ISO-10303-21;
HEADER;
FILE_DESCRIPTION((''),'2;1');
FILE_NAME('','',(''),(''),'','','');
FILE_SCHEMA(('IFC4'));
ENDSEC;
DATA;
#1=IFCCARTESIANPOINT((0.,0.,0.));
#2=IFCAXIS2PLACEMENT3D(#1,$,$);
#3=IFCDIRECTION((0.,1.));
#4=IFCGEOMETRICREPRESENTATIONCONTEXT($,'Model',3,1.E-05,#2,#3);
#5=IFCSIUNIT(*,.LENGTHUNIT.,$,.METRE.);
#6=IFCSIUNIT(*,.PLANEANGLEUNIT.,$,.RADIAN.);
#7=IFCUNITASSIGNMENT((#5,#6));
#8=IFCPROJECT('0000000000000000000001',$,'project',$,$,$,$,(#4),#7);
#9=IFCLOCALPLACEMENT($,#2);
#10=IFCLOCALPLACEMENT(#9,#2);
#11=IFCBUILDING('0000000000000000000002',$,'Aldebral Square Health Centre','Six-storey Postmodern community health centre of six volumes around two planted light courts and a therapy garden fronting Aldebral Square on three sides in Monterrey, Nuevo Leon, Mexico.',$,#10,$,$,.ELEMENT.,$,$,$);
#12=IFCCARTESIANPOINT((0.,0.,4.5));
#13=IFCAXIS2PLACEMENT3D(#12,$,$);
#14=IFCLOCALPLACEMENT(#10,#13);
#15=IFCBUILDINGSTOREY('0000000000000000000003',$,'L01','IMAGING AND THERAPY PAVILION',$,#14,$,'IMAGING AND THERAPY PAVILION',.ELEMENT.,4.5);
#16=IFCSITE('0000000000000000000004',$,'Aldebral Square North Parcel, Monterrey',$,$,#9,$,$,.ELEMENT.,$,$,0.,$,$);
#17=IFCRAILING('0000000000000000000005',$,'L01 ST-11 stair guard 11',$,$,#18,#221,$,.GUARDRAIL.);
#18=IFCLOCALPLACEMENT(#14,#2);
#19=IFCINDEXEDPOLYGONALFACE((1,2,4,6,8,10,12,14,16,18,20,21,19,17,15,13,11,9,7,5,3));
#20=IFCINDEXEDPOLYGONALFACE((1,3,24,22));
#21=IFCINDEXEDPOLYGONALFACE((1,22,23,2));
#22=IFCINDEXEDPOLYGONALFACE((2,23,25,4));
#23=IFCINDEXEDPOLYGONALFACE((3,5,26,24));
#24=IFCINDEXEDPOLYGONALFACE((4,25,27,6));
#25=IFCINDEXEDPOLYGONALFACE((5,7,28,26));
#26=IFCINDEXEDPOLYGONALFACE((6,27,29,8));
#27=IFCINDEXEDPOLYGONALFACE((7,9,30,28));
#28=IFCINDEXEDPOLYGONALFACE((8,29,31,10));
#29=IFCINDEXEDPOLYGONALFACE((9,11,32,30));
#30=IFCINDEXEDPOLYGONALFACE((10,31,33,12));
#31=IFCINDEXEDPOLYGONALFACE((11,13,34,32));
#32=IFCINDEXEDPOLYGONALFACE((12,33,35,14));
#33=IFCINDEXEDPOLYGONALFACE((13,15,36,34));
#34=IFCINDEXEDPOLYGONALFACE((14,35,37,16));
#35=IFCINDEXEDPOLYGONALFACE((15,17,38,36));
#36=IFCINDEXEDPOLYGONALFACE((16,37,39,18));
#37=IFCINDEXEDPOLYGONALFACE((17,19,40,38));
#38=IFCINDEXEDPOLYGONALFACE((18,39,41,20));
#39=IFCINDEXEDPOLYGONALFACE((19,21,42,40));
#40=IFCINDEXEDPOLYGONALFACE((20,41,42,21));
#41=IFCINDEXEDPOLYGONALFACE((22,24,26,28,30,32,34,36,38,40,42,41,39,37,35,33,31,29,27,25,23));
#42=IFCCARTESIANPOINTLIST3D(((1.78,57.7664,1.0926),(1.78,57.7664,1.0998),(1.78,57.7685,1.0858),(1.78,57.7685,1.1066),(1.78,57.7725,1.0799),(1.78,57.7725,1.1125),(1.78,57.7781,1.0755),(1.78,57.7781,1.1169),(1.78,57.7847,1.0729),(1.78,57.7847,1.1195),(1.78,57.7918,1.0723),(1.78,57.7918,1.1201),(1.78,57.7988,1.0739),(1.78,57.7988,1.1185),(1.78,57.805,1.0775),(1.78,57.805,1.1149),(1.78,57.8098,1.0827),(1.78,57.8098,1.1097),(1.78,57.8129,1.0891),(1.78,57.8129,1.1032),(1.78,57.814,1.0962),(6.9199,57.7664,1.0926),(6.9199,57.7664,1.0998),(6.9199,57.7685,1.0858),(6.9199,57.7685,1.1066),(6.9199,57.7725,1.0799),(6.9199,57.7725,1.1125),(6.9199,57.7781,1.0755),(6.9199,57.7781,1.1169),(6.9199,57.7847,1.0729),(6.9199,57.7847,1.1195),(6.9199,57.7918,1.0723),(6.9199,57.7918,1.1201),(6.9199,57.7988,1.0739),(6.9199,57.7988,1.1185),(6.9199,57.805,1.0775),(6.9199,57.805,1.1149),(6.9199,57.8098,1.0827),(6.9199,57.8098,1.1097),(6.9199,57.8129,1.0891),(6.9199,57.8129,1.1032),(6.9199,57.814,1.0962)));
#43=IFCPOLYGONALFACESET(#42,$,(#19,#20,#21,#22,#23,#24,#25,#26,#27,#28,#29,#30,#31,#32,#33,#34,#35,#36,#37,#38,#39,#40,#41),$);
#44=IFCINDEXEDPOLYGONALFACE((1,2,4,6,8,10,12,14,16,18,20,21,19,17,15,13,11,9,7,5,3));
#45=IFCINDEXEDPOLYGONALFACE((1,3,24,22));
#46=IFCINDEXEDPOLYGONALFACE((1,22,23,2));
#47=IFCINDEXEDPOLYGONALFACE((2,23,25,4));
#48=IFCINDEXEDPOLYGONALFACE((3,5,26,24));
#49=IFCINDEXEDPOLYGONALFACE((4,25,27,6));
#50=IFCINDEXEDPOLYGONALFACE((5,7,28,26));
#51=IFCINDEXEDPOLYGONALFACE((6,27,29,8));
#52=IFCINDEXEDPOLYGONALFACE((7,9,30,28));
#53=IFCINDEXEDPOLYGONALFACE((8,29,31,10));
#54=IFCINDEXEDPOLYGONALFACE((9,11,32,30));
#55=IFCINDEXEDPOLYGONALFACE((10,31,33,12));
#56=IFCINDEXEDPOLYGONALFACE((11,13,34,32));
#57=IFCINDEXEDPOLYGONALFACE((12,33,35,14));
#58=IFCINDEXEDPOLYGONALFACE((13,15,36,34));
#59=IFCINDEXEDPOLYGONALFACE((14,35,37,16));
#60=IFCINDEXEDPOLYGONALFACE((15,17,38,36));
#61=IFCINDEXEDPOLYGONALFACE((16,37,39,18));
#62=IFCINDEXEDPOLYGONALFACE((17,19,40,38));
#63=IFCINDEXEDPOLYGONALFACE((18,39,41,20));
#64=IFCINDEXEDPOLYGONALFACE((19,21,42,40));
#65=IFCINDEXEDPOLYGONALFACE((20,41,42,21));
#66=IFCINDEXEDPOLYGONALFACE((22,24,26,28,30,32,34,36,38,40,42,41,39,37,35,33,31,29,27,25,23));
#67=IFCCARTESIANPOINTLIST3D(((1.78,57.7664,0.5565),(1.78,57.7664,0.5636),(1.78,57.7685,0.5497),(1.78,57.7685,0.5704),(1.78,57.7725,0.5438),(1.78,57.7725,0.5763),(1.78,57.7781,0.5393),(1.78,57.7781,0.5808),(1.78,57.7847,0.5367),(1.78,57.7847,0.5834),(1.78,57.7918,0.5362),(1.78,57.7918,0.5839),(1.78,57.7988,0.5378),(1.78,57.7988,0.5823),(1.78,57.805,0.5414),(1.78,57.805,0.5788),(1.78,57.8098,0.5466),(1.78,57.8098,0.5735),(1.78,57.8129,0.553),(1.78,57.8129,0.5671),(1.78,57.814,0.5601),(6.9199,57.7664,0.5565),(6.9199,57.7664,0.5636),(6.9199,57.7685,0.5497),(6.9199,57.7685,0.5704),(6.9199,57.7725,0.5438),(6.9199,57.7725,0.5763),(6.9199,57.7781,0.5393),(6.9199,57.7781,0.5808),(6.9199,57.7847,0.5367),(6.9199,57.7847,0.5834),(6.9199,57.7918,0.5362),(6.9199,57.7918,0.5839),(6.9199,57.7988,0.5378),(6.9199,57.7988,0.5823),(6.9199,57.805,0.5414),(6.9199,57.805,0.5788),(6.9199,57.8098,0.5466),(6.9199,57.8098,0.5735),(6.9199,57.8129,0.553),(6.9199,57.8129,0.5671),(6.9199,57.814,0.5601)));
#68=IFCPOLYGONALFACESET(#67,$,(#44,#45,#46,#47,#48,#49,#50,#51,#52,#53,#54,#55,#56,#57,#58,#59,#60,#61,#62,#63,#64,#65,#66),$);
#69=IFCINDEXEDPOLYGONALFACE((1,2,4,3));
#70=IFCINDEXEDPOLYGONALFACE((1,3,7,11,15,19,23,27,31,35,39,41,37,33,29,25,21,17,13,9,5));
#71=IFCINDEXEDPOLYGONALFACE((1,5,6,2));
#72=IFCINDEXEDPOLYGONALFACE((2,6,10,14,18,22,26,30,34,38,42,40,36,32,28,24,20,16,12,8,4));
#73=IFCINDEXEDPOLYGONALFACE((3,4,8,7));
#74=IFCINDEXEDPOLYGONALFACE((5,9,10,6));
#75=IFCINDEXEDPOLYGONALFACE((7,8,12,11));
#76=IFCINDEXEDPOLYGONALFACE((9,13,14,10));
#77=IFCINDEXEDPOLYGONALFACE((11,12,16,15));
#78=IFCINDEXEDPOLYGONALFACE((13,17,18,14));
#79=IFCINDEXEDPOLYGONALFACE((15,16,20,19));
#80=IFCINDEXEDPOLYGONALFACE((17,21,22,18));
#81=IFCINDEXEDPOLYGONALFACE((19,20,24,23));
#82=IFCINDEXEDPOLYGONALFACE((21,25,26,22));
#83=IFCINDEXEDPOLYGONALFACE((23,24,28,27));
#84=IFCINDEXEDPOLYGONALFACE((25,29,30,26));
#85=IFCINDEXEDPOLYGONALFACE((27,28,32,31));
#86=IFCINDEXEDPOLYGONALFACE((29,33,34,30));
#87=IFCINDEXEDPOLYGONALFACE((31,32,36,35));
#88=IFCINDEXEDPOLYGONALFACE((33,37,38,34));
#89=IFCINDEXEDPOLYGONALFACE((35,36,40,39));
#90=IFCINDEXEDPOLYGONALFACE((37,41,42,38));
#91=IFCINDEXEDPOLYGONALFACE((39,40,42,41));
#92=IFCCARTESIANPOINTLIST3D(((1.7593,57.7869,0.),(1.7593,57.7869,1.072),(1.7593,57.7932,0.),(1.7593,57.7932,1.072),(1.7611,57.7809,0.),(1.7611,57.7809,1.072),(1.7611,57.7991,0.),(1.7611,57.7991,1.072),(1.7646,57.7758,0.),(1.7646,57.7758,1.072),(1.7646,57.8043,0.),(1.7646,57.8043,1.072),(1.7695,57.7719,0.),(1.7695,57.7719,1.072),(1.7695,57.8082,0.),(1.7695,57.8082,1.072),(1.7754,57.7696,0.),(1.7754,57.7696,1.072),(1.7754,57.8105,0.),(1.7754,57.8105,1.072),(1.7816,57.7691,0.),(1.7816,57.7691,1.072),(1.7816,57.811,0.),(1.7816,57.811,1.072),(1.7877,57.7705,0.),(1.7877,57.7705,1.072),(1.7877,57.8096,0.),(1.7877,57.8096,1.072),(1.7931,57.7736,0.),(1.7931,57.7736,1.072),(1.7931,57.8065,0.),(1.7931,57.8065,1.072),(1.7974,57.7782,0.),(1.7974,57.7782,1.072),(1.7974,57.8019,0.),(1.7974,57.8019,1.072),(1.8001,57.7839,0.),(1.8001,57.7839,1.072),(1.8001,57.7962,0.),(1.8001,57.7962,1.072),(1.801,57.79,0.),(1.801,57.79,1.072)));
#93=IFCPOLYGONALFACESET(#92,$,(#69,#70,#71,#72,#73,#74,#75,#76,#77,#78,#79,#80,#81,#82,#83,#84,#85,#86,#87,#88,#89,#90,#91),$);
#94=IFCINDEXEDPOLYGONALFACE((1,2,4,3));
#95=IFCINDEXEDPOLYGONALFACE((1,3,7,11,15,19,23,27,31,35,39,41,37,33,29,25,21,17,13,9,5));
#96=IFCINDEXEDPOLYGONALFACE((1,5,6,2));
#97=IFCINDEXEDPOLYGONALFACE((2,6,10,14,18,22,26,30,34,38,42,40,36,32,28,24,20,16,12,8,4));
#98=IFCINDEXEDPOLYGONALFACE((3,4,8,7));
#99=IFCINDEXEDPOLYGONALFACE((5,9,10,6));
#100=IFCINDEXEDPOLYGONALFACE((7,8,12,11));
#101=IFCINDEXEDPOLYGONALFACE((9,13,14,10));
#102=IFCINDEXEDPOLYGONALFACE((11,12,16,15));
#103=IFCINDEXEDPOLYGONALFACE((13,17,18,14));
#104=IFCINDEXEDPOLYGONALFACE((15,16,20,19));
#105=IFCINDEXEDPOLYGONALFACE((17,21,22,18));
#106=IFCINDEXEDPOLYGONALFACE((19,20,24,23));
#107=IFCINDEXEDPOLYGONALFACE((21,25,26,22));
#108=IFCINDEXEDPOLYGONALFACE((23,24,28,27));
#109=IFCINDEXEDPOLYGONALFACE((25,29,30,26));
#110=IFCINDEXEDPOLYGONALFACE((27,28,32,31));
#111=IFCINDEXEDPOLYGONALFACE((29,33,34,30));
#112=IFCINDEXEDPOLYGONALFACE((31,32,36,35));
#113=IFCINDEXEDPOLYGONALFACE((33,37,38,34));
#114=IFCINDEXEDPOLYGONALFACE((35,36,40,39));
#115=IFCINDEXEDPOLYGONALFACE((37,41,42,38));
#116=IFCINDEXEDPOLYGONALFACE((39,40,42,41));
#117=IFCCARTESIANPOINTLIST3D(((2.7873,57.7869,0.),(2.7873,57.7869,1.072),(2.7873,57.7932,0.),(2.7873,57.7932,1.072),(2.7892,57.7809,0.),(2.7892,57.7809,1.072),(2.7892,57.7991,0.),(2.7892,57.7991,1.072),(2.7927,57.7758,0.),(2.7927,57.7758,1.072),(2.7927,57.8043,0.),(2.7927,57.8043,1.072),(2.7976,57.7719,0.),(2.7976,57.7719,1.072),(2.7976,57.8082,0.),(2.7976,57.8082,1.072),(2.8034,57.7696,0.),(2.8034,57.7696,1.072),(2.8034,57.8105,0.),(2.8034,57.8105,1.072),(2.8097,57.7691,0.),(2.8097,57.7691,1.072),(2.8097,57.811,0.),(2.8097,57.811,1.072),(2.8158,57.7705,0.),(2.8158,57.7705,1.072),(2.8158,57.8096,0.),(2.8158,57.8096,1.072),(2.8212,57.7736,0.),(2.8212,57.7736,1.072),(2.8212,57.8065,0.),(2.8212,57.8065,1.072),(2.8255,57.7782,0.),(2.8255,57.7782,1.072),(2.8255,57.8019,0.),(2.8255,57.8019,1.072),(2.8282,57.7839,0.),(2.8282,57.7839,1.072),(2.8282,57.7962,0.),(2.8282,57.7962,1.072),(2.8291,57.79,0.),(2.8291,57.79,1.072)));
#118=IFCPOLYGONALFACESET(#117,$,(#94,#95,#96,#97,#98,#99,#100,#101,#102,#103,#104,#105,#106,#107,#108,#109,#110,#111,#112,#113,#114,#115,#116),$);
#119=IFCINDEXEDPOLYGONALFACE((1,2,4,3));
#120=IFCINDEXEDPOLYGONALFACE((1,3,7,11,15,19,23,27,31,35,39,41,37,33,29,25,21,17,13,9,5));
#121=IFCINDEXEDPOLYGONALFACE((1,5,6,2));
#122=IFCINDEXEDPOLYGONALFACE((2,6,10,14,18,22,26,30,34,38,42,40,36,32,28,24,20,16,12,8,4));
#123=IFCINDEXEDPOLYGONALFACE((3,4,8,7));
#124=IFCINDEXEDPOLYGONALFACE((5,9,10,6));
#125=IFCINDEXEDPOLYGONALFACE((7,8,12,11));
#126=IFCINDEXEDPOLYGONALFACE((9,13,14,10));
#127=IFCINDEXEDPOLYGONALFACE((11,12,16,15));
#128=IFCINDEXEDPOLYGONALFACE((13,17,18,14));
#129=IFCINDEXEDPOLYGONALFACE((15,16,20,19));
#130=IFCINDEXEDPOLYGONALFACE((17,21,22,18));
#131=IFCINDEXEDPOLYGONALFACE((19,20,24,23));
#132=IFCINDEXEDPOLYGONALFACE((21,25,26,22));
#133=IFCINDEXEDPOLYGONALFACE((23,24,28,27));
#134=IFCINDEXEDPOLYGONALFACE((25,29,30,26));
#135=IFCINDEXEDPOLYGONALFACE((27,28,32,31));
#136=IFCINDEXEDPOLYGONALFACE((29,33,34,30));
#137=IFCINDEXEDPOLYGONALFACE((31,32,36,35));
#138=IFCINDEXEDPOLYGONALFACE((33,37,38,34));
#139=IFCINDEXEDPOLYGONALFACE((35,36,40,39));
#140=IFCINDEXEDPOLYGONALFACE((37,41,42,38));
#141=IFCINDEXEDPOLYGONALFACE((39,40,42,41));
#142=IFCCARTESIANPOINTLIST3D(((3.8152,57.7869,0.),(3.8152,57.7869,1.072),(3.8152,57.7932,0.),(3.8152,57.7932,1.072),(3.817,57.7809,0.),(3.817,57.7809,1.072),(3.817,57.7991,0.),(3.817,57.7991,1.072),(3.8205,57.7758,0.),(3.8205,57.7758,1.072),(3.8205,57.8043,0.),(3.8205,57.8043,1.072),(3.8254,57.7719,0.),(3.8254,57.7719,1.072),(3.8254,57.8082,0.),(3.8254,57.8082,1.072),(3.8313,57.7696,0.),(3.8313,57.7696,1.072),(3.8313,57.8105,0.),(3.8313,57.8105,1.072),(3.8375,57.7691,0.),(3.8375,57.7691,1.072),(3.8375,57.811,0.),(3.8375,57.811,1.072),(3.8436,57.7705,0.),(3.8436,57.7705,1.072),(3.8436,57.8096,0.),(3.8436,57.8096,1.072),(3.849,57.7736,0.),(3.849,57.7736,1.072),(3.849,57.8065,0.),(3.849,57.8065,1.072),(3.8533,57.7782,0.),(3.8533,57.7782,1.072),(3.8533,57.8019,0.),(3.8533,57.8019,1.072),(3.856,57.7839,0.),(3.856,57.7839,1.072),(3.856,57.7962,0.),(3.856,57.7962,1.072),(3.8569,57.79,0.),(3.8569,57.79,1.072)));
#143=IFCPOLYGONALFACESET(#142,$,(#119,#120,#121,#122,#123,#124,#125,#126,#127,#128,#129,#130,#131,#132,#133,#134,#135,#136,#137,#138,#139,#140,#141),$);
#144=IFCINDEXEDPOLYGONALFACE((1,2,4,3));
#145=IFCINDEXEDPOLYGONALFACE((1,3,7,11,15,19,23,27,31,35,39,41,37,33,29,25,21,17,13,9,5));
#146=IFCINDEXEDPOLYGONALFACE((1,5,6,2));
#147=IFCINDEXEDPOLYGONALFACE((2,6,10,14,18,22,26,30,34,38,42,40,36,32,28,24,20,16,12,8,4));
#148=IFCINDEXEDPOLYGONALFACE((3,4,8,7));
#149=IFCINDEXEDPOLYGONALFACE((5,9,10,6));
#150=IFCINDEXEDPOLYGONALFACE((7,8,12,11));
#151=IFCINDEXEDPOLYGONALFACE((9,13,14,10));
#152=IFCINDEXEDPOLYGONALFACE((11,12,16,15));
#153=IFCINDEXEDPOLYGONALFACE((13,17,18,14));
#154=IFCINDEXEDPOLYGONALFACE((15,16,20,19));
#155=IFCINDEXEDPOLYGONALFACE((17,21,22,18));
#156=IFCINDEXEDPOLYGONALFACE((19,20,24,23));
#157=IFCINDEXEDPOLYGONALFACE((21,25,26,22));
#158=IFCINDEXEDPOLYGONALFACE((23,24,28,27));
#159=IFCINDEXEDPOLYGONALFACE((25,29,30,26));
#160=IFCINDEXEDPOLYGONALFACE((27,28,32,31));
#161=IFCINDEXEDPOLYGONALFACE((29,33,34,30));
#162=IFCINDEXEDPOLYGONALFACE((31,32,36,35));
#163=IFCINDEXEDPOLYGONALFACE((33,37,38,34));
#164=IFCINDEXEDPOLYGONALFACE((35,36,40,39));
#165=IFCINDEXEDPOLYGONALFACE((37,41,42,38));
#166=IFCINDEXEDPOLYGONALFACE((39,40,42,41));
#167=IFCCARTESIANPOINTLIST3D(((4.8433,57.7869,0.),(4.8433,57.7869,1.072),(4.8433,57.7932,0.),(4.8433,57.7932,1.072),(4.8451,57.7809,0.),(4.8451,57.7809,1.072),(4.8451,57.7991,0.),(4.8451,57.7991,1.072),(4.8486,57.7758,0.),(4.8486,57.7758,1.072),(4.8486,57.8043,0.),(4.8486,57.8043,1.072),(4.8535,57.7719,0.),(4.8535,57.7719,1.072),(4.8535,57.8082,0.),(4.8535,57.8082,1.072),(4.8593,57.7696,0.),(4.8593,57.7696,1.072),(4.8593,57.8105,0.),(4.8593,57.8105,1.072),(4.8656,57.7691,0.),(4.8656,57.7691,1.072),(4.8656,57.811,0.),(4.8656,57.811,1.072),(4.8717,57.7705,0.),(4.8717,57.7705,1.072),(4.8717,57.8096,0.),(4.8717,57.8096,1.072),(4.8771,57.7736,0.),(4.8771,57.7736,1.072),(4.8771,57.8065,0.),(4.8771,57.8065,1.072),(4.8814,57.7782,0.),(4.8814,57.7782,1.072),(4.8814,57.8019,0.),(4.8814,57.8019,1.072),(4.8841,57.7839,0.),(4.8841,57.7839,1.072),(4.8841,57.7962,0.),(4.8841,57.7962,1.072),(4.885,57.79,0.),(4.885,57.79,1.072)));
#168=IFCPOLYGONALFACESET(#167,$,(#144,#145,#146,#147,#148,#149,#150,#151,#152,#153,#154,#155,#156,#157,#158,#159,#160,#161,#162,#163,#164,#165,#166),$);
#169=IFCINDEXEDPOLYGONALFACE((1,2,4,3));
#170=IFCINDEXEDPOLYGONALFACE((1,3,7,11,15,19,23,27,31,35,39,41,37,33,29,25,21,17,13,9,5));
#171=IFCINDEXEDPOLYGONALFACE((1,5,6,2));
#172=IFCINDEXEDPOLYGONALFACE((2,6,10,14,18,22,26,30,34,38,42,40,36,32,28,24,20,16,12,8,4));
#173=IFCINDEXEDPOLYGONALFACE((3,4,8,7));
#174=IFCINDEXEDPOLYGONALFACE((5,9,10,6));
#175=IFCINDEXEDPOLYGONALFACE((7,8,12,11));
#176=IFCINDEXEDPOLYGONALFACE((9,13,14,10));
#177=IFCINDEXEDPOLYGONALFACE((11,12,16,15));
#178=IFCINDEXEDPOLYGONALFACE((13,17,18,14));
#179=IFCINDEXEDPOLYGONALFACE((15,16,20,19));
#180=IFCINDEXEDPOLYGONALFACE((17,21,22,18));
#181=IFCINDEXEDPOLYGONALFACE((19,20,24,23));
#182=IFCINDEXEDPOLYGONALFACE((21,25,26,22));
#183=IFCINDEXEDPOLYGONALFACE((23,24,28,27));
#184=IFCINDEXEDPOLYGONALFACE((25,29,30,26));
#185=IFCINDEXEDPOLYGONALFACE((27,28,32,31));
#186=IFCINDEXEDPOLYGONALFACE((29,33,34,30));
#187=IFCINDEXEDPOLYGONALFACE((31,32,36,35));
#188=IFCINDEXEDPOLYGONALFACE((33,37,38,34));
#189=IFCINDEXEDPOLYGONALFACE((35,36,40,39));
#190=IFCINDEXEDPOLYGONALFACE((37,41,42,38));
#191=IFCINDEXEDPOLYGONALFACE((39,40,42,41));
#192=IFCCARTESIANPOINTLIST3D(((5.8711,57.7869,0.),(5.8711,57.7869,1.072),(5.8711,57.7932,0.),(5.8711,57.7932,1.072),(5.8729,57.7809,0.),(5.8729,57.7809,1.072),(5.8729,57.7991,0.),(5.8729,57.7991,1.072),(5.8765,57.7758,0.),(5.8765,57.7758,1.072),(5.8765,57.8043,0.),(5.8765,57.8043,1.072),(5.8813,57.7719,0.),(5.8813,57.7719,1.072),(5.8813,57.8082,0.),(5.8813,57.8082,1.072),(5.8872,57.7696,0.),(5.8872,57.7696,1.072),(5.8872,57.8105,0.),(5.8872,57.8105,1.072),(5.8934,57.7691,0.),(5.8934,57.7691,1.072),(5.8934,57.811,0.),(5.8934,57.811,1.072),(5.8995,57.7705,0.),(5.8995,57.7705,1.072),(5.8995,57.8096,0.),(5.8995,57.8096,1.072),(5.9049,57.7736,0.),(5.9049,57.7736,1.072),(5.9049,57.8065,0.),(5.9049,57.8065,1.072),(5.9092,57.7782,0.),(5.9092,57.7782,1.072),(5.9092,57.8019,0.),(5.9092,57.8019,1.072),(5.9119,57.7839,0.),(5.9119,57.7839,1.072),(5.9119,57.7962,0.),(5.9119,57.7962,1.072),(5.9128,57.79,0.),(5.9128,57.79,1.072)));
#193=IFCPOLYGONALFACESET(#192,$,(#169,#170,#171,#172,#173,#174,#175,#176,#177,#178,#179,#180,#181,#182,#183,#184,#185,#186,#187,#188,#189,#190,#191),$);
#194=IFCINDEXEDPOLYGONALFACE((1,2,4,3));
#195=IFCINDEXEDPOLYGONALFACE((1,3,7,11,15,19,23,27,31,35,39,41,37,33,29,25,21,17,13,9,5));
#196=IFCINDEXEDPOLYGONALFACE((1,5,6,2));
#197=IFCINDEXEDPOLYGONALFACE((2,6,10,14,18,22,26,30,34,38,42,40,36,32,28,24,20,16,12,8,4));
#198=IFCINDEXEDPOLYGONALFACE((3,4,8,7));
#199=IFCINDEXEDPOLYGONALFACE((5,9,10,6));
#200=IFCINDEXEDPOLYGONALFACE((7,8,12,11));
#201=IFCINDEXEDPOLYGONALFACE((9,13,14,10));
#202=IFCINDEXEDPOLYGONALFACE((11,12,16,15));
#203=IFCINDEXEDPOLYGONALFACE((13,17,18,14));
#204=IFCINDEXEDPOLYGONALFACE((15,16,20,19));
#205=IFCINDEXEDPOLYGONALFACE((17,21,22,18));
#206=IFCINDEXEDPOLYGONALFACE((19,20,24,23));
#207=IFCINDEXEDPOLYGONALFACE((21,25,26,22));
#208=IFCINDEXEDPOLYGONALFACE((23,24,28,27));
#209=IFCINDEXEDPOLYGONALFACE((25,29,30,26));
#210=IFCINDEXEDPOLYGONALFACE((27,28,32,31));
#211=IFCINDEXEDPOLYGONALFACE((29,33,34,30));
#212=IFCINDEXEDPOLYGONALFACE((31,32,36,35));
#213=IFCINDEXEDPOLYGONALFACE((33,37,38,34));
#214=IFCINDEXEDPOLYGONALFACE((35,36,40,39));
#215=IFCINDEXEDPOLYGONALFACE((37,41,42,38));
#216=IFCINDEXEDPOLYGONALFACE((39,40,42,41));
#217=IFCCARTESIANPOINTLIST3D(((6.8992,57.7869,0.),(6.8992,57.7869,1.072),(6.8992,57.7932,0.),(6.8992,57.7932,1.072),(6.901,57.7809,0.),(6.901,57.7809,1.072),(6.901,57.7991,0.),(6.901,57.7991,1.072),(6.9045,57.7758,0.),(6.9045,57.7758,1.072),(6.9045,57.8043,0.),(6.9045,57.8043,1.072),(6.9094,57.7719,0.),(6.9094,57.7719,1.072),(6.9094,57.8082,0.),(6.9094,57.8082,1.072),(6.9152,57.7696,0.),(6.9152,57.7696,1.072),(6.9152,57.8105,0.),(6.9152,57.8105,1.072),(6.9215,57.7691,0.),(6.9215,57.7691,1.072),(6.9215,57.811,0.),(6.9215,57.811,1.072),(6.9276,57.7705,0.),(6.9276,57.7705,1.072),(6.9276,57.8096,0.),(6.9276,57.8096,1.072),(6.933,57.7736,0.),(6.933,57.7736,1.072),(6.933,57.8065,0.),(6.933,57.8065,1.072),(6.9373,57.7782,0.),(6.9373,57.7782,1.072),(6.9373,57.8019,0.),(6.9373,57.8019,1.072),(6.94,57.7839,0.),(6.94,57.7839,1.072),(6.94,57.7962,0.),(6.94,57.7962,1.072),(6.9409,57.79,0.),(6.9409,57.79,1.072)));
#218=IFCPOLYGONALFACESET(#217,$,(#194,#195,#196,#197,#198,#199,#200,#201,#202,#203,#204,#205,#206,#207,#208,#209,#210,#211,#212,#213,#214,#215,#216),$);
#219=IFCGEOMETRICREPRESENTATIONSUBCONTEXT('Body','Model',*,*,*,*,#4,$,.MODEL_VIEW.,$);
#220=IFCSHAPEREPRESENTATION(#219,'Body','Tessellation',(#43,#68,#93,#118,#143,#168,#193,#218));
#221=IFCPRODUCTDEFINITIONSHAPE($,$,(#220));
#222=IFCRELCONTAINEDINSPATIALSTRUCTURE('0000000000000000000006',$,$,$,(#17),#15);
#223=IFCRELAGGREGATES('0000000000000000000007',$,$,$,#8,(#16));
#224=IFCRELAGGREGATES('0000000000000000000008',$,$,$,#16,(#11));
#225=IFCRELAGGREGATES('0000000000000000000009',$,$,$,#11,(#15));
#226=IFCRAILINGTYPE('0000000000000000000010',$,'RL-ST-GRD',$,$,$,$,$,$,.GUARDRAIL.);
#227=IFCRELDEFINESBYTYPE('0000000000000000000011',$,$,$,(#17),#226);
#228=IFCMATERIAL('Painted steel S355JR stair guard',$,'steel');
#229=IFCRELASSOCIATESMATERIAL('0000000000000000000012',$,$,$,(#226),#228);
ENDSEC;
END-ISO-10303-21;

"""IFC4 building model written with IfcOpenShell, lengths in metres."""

from ifc_helpers import new_model, si_unit, direction, frame, origin, origin_2d, place, context, subcontext, project, spatial, circle, extrude, material, type_object, element, save


model = new_model("IFC4")

# Units and contexts
model_context = context("Model", 3, precision=1e-05, world=origin(), true_north=direction((0.0, 1.0)))
body_context = subcontext(model_context, "Body", "Model", "MODEL_VIEW")
ifc_project = project(units=[si_unit("LENGTHUNIT", "METRE"), si_unit("PLANEANGLEUNIT", "RADIAN")], contexts=[model_context])

# Site, building, storey
site_placement = place(None, origin())
site = spatial("IfcSite", under=ifc_project, at=site_placement, Name="Aldebral Square North Parcel, Monterrey", CompositionType="ELEMENT", RefElevation=0.0)
building_placement = place(site_placement, origin())
building = spatial("IfcBuilding", under=site, at=building_placement, Name="Aldebral Square Health Centre", Description="Six-storey Postmodern community health centre of six volumes around two planted light courts and a therapy garden fronting Aldebral Square on three sides in Monterrey, Nuevo Leon, Mexico.", CompositionType="ELEMENT")
storey_placement = place(building_placement, frame((0.0, 0.0, 4.5)))
storey = spatial("IfcBuildingStorey", under=building, at=storey_placement, Name="L01", Description="IMAGING AND THERAPY PAVILION", LongName="IMAGING AND THERAPY PAVILION", CompositionType="ELEMENT", Elevation=4.5)

# Railing
ifc_material_1 = material(Name="Painted steel S355JR stair guard", Category="steel")
railing_type_1 = type_object("IfcRailingType", Name="RL-ST-GRD", PredefinedType="GUARDRAIL", material=ifc_material_1)
railing_1_placement = place(storey_placement, frame((1.78, 57.79, 0.0)))
element("IfcRailing", 1, at=railing_1_placement, inside=storey, type_object=railing_type_1, Name="L01 ST-11 stair guard 11", PredefinedType="GUARDRAIL", context=body_context, shape_type="SweptSolid", body=[
    extrude(circle(Radius=0.0239, at=origin_2d()), frame((0.0, 0.0, 1.0962), z_axis=(1.0, 0.0, 0.0), x_axis=(0.0, 1.0, 0.0)), (0.0, 0.0, 1.0), 5.1399),
    extrude(circle(Radius=0.0239, at=origin_2d()), frame((0.0, 0.0, 0.5601), z_axis=(1.0, 0.0, 0.0), x_axis=(0.0, 1.0, 0.0)), (0.0, 0.0, 1.0), 5.1399),
    extrude(circle(Radius=0.021, at=origin_2d()), origin(), (0.0, 0.0, 1.0), 1.072),
    extrude(circle(Radius=0.021, at=origin_2d()), frame((1.0281, 0.0, 0.0)), (0.0, 0.0, 1.0), 1.072),
    extrude(circle(Radius=0.021, at=origin_2d()), frame((2.0559, 0.0, 0.0)), (0.0, 0.0, 1.0), 1.072),
    extrude(circle(Radius=0.021, at=origin_2d()), frame((3.084, 0.0, 0.0)), (0.0, 0.0, 1.0), 1.072),
    extrude(circle(Radius=0.021, at=origin_2d()), frame((4.1118, 0.0, 0.0)), (0.0, 0.0, 1.0), 1.072),
    extrude(circle(Radius=0.021, at=origin_2d()), frame((5.1399, 0.0, 0.0)), (0.0, 0.0, 1.0), 1.072),
])

save(model, "model.ifc")
